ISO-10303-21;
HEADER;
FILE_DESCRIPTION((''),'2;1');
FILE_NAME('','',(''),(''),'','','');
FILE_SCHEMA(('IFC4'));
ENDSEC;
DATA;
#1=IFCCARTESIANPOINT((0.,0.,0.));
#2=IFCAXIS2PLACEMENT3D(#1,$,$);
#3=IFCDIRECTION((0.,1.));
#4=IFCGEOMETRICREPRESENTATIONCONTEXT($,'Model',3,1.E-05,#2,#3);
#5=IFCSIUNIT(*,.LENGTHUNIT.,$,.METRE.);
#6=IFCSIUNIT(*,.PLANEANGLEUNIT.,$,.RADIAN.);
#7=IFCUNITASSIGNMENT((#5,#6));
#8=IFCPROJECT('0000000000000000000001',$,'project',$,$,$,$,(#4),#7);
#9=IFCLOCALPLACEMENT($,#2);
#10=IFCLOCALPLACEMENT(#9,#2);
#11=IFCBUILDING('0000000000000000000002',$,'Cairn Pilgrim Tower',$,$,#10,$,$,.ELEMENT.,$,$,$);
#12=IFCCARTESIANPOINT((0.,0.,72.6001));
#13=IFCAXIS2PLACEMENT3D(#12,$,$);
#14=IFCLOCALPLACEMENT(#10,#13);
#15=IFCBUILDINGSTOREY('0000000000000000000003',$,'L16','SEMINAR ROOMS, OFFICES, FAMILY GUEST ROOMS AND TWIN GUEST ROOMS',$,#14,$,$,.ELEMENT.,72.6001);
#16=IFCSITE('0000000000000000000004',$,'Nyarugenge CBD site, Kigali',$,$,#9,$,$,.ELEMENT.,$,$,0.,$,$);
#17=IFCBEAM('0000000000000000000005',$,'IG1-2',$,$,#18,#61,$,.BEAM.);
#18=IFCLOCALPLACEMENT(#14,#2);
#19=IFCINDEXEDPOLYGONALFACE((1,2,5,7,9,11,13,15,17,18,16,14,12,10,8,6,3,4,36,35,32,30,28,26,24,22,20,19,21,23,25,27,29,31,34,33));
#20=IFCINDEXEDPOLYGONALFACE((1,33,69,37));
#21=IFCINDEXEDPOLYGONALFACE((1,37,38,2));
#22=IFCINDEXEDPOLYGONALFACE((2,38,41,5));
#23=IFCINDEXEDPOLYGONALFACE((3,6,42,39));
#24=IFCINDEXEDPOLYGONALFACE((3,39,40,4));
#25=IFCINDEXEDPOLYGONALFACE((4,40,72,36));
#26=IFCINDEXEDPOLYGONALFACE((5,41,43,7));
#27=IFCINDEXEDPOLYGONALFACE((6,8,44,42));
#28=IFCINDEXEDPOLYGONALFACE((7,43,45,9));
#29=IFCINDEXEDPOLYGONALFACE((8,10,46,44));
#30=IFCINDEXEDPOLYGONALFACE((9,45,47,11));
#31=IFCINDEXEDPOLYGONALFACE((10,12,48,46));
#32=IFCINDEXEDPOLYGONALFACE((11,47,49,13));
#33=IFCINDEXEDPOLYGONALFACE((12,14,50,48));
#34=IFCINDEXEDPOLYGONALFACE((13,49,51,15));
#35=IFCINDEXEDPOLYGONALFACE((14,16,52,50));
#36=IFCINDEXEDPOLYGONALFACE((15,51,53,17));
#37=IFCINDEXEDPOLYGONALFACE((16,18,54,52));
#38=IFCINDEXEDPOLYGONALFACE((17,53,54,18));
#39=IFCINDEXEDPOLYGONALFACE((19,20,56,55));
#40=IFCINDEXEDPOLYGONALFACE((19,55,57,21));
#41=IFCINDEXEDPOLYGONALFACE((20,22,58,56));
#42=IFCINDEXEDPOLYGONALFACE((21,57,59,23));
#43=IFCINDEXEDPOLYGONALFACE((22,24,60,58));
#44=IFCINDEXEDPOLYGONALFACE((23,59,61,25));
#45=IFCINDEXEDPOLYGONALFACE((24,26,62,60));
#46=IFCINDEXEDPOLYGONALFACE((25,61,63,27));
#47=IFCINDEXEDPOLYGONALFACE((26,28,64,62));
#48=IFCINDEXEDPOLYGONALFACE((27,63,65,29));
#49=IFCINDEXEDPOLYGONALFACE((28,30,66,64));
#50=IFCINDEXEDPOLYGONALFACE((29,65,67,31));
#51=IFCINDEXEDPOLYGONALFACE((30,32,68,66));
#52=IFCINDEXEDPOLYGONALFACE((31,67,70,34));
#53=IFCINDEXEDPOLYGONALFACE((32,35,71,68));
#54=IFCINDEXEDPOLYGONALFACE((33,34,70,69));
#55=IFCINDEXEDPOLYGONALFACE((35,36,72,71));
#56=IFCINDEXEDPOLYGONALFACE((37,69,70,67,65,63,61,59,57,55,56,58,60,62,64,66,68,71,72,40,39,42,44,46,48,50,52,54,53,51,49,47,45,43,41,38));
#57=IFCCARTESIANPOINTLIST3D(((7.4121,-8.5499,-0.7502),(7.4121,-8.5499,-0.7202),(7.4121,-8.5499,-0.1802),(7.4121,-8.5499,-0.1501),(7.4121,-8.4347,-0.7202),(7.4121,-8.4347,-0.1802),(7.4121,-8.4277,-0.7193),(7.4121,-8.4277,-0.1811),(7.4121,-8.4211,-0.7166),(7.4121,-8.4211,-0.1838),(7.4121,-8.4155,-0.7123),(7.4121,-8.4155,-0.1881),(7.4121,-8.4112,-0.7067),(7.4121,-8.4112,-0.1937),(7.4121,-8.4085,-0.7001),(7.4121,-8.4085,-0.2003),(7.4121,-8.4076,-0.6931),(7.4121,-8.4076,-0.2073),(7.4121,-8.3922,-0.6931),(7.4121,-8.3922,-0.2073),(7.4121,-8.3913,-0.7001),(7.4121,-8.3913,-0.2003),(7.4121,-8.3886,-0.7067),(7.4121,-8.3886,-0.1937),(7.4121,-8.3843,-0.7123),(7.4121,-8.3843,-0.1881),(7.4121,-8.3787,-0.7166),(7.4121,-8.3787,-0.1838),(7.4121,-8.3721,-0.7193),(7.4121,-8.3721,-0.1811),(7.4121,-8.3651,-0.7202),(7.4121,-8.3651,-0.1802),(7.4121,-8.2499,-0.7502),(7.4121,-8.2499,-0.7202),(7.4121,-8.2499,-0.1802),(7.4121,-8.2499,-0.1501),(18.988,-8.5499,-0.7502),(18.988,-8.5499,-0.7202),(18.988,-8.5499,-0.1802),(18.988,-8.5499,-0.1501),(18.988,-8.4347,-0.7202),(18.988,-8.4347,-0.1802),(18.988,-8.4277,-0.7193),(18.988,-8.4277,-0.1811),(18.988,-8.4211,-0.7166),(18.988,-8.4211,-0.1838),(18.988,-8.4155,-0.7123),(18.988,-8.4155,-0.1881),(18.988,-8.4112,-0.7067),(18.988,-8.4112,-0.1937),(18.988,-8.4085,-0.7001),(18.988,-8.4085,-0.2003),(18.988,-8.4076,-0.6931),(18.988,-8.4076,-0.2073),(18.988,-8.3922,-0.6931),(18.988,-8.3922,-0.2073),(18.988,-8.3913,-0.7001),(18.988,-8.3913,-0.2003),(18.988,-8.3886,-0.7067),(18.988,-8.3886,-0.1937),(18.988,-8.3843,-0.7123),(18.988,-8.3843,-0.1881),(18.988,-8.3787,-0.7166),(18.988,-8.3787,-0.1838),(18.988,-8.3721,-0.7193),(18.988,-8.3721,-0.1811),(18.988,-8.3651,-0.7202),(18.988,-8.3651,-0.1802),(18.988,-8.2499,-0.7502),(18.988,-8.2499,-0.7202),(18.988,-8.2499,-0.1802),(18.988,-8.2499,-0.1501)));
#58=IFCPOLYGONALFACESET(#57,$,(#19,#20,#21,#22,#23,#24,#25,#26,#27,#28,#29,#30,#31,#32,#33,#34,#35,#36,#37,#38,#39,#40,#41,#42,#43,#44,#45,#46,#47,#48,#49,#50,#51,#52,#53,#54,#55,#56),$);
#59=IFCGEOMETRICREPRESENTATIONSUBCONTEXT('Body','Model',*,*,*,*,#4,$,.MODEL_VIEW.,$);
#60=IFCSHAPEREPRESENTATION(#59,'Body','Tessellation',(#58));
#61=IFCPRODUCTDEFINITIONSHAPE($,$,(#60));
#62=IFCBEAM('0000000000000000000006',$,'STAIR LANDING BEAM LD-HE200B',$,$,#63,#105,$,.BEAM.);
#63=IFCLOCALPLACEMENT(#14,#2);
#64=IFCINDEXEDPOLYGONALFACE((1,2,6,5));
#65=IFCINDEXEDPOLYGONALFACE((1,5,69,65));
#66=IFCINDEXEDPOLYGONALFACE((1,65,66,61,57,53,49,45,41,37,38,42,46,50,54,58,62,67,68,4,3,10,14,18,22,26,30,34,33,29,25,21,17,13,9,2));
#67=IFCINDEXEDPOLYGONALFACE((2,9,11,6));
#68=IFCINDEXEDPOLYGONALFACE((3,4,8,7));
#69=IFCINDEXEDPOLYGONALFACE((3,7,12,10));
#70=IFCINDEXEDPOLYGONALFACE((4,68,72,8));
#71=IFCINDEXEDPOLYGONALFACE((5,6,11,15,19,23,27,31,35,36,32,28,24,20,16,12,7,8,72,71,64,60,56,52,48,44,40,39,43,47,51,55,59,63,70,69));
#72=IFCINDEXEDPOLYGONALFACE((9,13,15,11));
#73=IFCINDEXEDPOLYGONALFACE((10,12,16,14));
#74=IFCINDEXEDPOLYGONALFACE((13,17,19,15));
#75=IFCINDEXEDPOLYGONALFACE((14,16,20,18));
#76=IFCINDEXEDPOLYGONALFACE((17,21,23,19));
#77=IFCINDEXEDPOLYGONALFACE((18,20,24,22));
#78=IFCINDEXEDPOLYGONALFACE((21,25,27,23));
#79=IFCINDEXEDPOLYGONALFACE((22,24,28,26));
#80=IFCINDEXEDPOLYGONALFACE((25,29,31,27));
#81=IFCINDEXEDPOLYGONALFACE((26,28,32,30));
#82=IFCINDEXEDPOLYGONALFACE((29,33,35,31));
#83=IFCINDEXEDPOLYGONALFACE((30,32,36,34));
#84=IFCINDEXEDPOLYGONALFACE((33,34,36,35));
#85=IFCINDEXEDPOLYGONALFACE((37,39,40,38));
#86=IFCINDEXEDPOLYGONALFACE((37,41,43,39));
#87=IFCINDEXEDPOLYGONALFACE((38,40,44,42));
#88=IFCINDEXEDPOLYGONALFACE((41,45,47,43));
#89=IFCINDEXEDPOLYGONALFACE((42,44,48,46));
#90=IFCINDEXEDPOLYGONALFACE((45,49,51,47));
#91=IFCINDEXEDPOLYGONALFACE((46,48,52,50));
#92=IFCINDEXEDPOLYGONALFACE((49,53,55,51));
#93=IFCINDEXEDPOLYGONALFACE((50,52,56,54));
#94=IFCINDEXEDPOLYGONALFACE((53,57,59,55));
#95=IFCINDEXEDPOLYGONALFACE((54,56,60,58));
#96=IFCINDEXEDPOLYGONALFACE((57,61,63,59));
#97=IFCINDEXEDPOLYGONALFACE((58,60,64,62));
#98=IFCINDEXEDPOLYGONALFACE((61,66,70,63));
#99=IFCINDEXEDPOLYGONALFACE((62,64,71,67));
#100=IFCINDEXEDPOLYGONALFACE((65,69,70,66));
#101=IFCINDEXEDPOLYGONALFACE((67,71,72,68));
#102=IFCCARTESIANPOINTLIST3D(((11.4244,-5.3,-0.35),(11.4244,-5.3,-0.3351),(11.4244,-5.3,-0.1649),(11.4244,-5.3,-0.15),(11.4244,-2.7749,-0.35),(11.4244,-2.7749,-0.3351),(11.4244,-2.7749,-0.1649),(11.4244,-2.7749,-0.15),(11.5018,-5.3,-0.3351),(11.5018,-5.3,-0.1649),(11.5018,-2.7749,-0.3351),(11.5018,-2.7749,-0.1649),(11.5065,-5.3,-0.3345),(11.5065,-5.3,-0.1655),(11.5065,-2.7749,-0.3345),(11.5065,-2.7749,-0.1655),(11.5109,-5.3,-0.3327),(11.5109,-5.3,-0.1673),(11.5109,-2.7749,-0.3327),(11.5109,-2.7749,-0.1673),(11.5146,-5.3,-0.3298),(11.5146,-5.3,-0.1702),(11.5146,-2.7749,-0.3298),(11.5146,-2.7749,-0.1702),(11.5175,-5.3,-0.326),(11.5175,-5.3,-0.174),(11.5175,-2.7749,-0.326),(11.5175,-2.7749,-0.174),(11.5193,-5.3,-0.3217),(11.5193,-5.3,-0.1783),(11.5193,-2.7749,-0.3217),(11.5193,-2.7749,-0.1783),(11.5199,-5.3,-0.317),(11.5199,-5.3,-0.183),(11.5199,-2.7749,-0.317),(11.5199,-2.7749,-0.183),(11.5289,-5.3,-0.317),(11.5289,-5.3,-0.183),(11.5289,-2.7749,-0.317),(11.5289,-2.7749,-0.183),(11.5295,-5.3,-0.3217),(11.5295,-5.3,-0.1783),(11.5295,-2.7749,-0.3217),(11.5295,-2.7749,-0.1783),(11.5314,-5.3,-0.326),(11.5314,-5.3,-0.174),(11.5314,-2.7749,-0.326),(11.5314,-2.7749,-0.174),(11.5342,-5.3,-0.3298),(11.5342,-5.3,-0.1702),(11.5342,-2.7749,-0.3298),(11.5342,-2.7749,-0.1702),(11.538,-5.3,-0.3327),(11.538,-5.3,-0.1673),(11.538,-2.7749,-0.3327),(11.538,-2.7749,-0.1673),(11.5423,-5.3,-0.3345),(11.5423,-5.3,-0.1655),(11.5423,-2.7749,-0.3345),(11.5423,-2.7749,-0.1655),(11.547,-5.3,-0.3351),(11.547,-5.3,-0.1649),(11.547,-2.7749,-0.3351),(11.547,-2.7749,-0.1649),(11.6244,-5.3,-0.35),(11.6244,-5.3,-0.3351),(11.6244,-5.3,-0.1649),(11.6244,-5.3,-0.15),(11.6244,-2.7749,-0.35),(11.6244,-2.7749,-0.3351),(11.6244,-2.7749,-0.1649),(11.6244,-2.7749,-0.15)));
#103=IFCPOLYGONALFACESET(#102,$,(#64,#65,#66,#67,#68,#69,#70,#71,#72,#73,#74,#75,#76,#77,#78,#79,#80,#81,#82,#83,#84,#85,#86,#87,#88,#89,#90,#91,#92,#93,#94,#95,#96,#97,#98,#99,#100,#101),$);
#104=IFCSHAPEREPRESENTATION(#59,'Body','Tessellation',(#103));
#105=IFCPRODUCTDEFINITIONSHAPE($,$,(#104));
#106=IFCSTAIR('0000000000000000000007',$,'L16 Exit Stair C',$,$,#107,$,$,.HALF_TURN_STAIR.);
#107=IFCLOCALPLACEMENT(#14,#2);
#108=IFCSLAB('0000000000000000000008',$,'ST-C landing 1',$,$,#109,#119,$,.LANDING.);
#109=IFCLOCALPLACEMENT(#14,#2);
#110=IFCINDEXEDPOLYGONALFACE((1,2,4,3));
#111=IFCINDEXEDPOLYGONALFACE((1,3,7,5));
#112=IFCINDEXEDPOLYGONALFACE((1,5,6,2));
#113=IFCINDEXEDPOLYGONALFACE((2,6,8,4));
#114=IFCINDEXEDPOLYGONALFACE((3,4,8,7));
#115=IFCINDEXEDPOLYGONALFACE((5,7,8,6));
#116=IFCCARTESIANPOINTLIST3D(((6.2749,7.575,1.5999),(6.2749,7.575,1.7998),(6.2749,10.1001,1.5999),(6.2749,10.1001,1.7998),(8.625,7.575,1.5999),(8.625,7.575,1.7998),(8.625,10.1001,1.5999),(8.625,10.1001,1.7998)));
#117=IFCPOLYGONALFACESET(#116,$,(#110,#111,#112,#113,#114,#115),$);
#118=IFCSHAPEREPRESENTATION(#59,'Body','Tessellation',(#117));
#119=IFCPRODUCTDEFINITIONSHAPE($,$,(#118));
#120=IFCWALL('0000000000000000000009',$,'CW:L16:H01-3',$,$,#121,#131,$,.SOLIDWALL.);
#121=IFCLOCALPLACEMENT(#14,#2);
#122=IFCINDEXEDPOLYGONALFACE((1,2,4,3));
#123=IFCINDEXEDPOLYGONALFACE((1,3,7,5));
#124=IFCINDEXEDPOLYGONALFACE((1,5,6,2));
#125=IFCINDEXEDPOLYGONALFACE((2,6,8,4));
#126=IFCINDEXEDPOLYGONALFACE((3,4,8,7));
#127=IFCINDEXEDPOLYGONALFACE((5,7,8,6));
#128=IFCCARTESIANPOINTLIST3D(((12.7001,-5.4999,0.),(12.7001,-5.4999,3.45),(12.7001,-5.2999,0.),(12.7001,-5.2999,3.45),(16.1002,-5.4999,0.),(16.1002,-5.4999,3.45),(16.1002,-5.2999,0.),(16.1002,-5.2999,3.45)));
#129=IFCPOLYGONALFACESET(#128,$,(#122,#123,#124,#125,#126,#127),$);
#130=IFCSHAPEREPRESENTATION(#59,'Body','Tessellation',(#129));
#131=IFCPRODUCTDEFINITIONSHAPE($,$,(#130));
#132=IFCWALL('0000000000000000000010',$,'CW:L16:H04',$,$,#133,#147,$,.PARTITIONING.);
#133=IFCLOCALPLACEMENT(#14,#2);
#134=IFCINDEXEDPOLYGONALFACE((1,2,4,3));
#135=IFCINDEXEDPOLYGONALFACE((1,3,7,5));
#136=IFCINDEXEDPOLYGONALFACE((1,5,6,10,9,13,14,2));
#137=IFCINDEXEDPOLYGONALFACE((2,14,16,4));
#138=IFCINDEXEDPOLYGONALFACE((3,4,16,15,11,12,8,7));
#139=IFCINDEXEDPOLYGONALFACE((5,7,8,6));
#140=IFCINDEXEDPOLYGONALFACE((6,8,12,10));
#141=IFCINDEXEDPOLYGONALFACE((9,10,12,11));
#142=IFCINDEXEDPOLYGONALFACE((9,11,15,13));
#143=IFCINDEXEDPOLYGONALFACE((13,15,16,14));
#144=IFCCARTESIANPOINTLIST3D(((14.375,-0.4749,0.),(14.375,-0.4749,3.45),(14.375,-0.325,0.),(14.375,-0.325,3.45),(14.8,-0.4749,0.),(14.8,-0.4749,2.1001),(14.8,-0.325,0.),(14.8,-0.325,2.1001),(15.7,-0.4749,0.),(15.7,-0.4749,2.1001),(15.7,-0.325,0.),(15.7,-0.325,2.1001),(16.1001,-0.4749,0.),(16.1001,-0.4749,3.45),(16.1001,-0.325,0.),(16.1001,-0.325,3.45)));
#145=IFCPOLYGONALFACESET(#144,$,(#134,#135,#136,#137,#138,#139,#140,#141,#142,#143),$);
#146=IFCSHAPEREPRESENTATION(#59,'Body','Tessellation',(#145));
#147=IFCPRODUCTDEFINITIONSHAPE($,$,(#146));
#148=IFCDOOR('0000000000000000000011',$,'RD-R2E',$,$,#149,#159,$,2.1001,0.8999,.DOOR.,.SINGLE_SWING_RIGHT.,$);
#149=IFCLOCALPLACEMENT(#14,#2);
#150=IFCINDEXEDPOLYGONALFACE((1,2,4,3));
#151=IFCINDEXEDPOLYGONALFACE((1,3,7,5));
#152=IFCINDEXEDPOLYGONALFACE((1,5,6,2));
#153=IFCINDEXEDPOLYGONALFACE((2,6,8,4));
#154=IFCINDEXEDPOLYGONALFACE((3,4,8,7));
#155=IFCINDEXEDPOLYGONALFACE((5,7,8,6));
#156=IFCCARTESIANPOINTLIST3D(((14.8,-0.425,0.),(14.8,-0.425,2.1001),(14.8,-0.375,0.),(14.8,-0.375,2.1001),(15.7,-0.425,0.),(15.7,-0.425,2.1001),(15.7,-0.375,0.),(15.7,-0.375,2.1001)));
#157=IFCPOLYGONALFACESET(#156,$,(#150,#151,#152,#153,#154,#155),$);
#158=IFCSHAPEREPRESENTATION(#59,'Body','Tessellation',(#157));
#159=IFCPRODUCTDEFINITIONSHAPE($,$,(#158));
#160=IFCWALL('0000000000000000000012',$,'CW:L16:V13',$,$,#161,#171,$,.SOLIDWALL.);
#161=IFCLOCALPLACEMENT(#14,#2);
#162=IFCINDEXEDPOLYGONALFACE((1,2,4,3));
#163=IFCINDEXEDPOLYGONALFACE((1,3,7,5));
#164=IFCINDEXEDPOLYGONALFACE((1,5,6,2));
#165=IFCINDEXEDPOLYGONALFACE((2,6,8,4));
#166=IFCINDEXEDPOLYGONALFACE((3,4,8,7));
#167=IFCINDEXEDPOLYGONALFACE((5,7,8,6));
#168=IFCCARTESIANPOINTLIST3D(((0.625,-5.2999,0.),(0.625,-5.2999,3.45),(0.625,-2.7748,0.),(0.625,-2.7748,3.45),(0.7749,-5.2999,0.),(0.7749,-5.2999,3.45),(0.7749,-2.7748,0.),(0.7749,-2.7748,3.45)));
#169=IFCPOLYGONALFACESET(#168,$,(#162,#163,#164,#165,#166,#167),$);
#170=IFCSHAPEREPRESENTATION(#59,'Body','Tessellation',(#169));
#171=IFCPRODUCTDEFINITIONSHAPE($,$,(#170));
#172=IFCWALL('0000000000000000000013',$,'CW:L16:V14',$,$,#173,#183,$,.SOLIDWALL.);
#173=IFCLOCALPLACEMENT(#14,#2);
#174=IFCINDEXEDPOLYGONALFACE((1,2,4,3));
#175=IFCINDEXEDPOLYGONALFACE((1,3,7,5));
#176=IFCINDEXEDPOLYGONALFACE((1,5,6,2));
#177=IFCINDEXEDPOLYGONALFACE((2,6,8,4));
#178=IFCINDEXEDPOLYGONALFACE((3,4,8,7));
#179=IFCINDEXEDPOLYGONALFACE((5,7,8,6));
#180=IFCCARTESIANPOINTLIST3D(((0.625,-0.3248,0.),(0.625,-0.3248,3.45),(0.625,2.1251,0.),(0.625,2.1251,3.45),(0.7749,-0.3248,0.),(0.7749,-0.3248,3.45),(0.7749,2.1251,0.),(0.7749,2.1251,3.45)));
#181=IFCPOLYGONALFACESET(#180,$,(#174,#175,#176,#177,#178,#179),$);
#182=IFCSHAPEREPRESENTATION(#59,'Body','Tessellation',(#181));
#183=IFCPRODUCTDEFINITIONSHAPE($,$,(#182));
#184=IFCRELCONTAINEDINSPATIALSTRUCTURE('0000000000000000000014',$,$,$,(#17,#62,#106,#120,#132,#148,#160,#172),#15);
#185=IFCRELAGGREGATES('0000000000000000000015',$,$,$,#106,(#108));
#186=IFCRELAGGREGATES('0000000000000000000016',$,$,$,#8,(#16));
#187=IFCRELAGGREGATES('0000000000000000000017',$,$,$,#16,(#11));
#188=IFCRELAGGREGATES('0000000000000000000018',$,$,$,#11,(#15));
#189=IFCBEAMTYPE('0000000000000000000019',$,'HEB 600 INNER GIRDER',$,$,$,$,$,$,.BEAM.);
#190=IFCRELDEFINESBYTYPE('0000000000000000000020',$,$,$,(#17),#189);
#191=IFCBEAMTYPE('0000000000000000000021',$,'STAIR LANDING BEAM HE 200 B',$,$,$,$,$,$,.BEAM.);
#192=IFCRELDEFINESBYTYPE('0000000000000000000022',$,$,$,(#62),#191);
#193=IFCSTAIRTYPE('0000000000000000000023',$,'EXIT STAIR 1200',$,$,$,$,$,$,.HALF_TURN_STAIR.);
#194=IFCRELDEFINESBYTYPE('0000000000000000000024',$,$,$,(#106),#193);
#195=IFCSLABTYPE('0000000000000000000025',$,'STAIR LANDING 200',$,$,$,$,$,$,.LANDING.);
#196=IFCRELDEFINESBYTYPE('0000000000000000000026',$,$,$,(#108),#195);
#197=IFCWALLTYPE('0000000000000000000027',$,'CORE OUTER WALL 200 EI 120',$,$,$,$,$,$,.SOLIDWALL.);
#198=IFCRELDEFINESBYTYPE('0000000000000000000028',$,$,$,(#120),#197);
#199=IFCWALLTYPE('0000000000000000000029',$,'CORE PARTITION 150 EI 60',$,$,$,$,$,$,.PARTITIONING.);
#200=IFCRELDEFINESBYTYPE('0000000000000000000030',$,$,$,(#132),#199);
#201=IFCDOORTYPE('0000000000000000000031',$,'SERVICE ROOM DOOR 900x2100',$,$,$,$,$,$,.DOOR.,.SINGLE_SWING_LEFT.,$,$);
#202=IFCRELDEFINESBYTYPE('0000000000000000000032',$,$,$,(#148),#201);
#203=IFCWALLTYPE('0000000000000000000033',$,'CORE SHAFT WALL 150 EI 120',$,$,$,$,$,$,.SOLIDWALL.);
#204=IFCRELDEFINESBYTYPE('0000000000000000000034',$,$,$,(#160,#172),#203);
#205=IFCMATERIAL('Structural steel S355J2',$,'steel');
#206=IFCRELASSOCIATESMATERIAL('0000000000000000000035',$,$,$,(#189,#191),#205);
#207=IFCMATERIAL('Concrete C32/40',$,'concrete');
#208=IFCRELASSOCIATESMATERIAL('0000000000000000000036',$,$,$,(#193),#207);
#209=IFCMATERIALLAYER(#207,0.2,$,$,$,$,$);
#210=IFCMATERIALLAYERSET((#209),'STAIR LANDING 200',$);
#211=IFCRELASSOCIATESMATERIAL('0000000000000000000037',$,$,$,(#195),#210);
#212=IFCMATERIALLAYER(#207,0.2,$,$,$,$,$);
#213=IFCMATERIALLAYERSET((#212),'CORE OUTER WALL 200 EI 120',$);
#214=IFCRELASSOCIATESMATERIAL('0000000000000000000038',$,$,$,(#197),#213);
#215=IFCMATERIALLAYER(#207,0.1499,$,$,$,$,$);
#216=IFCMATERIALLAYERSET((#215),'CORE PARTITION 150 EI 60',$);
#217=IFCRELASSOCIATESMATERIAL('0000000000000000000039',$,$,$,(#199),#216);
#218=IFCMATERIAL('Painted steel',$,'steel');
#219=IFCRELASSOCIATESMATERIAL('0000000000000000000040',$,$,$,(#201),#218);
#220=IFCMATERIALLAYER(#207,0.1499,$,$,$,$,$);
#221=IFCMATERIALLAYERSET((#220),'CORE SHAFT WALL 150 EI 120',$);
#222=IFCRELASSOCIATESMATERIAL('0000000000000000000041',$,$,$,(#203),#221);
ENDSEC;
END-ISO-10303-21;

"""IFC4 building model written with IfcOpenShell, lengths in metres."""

from ifc_helpers import new_model, si_unit, direction, frame, frame_2d, origin, origin_2d, place, context, subcontext, project, spatial, polyline, rectangle, i_section, outline, extrude, material, layer, layer_set, material_profile, profile_set, type_object, element, fill, aggregate, save


model = new_model("IFC4")

# Units and contexts
model_context = context("Model", 3, precision=1e-05, world=origin(), true_north=direction((0.0, 1.0)))
body_context = subcontext(model_context, "Body", "Model", "MODEL_VIEW")
ifc_project = project(units=[si_unit("LENGTHUNIT", "METRE"), si_unit("PLANEANGLEUNIT", "RADIAN")], contexts=[model_context])

# Site, building, storey
site_placement = place(None, origin())
site = spatial("IfcSite", under=ifc_project, at=site_placement, Name="Nyarugenge CBD site, Kigali", CompositionType="ELEMENT", RefElevation=0.0)
building_placement = place(site_placement, origin())
building = spatial("IfcBuilding", under=site, at=building_placement, Name="Cairn Pilgrim Tower", CompositionType="ELEMENT")
storey_placement = place(building_placement, frame((0.0, 0.0, 72.6001)))
storey = spatial("IfcBuildingStorey", under=building, at=storey_placement, Name="L16", Description="SEMINAR ROOMS, OFFICES, FAMILY GUEST ROOMS AND TWIN GUEST ROOMS", CompositionType="ELEMENT", Elevation=72.6001)

# Beams
ifc_material_1 = material(Name="Structural steel S355J2", Category="steel")
ifc_material_profile_1 = material_profile(ifc_material_1, i_section(OverallWidth=0.3, OverallDepth=0.6001, WebThickness=0.0154, FlangeThickness=0.03, FilletRadius=0.0271, at=origin_2d()), Name="HEB 600")
ifc_profile_set_1 = profile_set([ifc_material_profile_1], Name="Structural steel S355J2")
beam_type_1 = type_object("IfcBeamType", Name="HEB 600 INNER GIRDER", PredefinedType="BEAM", material=ifc_profile_set_1)
beam_1_placement = place(storey_placement, frame((7.4121, -8.3999, -0.4502), z_axis=(1.0, 0.0, 0.0), x_axis=(0.0, 1.0, 0.0)))
element("IfcBeam", 1, at=beam_1_placement, inside=storey, type_object=beam_type_1, Name="IG1-2", PredefinedType="BEAM", context=body_context, shape_type="SweptSolid", body=[
    extrude(i_section(OverallWidth=0.3, OverallDepth=0.6001, WebThickness=0.0154, FlangeThickness=0.03, FilletRadius=0.0271, at=origin_2d()), origin(), (0.0, 0.0, 1.0), 11.5759),
])
ifc_material_profile_2 = material_profile(ifc_material_1, i_section(OverallWidth=0.2, OverallDepth=0.2, WebThickness=0.009, FlangeThickness=0.0149, FilletRadius=0.0181, at=origin_2d()), Name="HE 200 B")
ifc_profile_set_2 = profile_set([ifc_material_profile_2], Name="Structural steel S355J2")
beam_type_2 = type_object("IfcBeamType", Name="STAIR LANDING BEAM HE 200 B", PredefinedType="BEAM", material=ifc_profile_set_2)
beam_2_placement = place(storey_placement, frame((11.5244, -2.7749, -0.25), z_axis=(0.0, -1.0, 0.0), x_axis=(1.0, 0.0, 0.0)))
element("IfcBeam", 2, at=beam_2_placement, inside=storey, type_object=beam_type_2, Name="STAIR LANDING BEAM LD-HE200B", PredefinedType="BEAM", context=body_context, shape_type="SweptSolid", body=[
    extrude(i_section(OverallWidth=0.2, OverallDepth=0.2, WebThickness=0.009, FlangeThickness=0.0149, FilletRadius=0.0181, at=origin_2d()), origin(), (0.0, 0.0, 1.0), 2.5251),
])

# Stair, slab
ifc_material_2 = material(Name="Concrete C32/40", Category="concrete")
stair_type = type_object("IfcStairType", Name="EXIT STAIR 1200", PredefinedType="HALF_TURN_STAIR", material=ifc_material_2)
stair_1_placement = place(storey_placement, origin())
stair_1 = element("IfcStair", 3, at=stair_1_placement, inside=storey, type_object=stair_type, Name="L16 Exit Stair C", PredefinedType="HALF_TURN_STAIR")
ifc_layer_1 = layer(ifc_material_2, 0.2)
ifc_layer_set_1 = layer_set([ifc_layer_1], Name="STAIR LANDING 200")
slab_type = type_object("IfcSlabType", Name="STAIR LANDING 200", PredefinedType="LANDING", material=ifc_layer_set_1)
slab_placement = place(storey_placement, frame((0.0, 0.0, 1.5999)))
slab = element("IfcSlab", 4, at=slab_placement, type_object=slab_type, Name="ST-C landing 1", PredefinedType="LANDING", context=body_context, shape_type="SweptSolid", body=[
    extrude(outline(polyline([(8.625, 10.1001), (6.2749, 10.1001), (6.2749, 7.575), (8.625, 7.575), (8.625, 10.1001)])), origin(), (0.0, 0.0, 1.0), 0.2),
])
aggregate(stair_1, [slab])

# Wall
ifc_layer_2 = layer(ifc_material_2, 0.2)
ifc_layer_set_2 = layer_set([ifc_layer_2], Name="CORE OUTER WALL 200 EI 120")
wall_type_1 = type_object("IfcWallType", Name="CORE OUTER WALL 200 EI 120", PredefinedType="SOLIDWALL", material=ifc_layer_set_2)
wall_1_placement = place(storey_placement, frame((12.7, -5.3999, 0.0), z_axis=(0.0, 0.0, 1.0), x_axis=(1.0, 0.0, 0.0)))
element("IfcWall", 5, at=wall_1_placement, inside=storey, type_object=wall_type_1, Name="CW:L16:H01-3", PredefinedType="SOLIDWALL", context=body_context, shape_type="SweptSolid", body=[
    extrude(rectangle(XDim=3.4001, YDim=0.2, at=frame_2d((1.7002, 0.0))), origin(), (0.0, 0.0, 1.0), 3.45),
])

# Wall, opening, door
ifc_layer_3 = layer(ifc_material_2, 0.1499)
ifc_layer_set_3 = layer_set([ifc_layer_3], Name="CORE PARTITION 150 EI 60")
wall_type_2 = type_object("IfcWallType", Name="CORE PARTITION 150 EI 60", PredefinedType="PARTITIONING", material=ifc_layer_set_3)
wall_2_placement = place(storey_placement, frame((14.375, -0.3999, 0.0), z_axis=(0.0, 0.0, 1.0), x_axis=(1.0, 0.0, 0.0)))
wall_2 = element("IfcWall", 6, at=wall_2_placement, inside=storey, type_object=wall_type_2, Name="CW:L16:H04", PredefinedType="PARTITIONING", context=body_context, shape_type="SweptSolid", body=[
    extrude(rectangle(XDim=1.7251, YDim=0.1499, at=frame_2d((0.8625, 0.0))), origin(), (0.0, 0.0, 1.0), 3.45),
])
opening_1_placement = place(wall_2_placement, frame((0.425, 0.0, 0.0)))
opening_1 = element("IfcOpeningElement", 7, at=opening_1_placement, cuts=wall_2, PredefinedType="OPENING", context=body_context, shape_type="SweptSolid", body=[
    extrude(rectangle(XDim=0.8999, YDim=2.1001, at=frame_2d((0.45, 1.05))), frame((0.0, 0.085, 0.0), z_axis=(0.0, -1.0, 0.0), x_axis=(1.0, 0.0, 0.0)), (0.0, 0.0, 1.0), 0.1699),
])
ifc_material_3 = material(Name="Painted steel", Category="steel")
door_type_1 = type_object("IfcDoorType", Name="SERVICE ROOM DOOR 900x2100", OperationType="SINGLE_SWING_LEFT", PredefinedType="DOOR", material=ifc_material_3)
door_1_placement = place(opening_1_placement, origin())
door_1 = element("IfcDoor", 8, at=door_1_placement, inside=storey, type_object=door_type_1, Name="RD-R2E", OperationType="SINGLE_SWING_RIGHT", OverallHeight=2.1001, OverallWidth=0.8999, PredefinedType="DOOR", context=body_context, shape_type="SweptSolid", body=[
    extrude(rectangle(XDim=0.8999, YDim=2.1001, at=frame_2d((0.45, 1.05))), frame((0.0, 0.0249, 0.0), z_axis=(0.0, -1.0, 0.0), x_axis=(1.0, 0.0, 0.0)), (0.0, 0.0, 1.0), 0.05),
])
fill(opening_1, door_1)

# Walls
ifc_layer_4 = layer(ifc_material_2, 0.1499)
ifc_layer_set_4 = layer_set([ifc_layer_4], Name="CORE SHAFT WALL 150 EI 120")
wall_type_3 = type_object("IfcWallType", Name="CORE SHAFT WALL 150 EI 120", PredefinedType="SOLIDWALL", material=ifc_layer_set_4)
wall_3_placement = place(storey_placement, frame((0.7, -5.3, 0.0), z_axis=(0.0, 0.0, 1.0), x_axis=(0.0, 1.0, 0.0)))
element("IfcWall", 9, at=wall_3_placement, inside=storey, type_object=wall_type_3, Name="CW:L16:V13", PredefinedType="SOLIDWALL", context=body_context, shape_type="SweptSolid", body=[
    extrude(rectangle(XDim=2.5251, YDim=0.1499, at=frame_2d((1.2627, 0.0))), origin(), (0.0, 0.0, 1.0), 3.45),
])
wall_4_placement = place(storey_placement, frame((0.7, -0.325, 0.0), z_axis=(0.0, 0.0, 1.0), x_axis=(0.0, 1.0, 0.0)))
element("IfcWall", 10, at=wall_4_placement, inside=storey, type_object=wall_type_3, Name="CW:L16:V14", PredefinedType="SOLIDWALL", context=body_context, shape_type="SweptSolid", body=[
    extrude(rectangle(XDim=2.45, YDim=0.1499, at=frame_2d((1.2251, 0.0))), origin(), (0.0, 0.0, 1.0), 3.45),
])

save(model, "model.ifc")
